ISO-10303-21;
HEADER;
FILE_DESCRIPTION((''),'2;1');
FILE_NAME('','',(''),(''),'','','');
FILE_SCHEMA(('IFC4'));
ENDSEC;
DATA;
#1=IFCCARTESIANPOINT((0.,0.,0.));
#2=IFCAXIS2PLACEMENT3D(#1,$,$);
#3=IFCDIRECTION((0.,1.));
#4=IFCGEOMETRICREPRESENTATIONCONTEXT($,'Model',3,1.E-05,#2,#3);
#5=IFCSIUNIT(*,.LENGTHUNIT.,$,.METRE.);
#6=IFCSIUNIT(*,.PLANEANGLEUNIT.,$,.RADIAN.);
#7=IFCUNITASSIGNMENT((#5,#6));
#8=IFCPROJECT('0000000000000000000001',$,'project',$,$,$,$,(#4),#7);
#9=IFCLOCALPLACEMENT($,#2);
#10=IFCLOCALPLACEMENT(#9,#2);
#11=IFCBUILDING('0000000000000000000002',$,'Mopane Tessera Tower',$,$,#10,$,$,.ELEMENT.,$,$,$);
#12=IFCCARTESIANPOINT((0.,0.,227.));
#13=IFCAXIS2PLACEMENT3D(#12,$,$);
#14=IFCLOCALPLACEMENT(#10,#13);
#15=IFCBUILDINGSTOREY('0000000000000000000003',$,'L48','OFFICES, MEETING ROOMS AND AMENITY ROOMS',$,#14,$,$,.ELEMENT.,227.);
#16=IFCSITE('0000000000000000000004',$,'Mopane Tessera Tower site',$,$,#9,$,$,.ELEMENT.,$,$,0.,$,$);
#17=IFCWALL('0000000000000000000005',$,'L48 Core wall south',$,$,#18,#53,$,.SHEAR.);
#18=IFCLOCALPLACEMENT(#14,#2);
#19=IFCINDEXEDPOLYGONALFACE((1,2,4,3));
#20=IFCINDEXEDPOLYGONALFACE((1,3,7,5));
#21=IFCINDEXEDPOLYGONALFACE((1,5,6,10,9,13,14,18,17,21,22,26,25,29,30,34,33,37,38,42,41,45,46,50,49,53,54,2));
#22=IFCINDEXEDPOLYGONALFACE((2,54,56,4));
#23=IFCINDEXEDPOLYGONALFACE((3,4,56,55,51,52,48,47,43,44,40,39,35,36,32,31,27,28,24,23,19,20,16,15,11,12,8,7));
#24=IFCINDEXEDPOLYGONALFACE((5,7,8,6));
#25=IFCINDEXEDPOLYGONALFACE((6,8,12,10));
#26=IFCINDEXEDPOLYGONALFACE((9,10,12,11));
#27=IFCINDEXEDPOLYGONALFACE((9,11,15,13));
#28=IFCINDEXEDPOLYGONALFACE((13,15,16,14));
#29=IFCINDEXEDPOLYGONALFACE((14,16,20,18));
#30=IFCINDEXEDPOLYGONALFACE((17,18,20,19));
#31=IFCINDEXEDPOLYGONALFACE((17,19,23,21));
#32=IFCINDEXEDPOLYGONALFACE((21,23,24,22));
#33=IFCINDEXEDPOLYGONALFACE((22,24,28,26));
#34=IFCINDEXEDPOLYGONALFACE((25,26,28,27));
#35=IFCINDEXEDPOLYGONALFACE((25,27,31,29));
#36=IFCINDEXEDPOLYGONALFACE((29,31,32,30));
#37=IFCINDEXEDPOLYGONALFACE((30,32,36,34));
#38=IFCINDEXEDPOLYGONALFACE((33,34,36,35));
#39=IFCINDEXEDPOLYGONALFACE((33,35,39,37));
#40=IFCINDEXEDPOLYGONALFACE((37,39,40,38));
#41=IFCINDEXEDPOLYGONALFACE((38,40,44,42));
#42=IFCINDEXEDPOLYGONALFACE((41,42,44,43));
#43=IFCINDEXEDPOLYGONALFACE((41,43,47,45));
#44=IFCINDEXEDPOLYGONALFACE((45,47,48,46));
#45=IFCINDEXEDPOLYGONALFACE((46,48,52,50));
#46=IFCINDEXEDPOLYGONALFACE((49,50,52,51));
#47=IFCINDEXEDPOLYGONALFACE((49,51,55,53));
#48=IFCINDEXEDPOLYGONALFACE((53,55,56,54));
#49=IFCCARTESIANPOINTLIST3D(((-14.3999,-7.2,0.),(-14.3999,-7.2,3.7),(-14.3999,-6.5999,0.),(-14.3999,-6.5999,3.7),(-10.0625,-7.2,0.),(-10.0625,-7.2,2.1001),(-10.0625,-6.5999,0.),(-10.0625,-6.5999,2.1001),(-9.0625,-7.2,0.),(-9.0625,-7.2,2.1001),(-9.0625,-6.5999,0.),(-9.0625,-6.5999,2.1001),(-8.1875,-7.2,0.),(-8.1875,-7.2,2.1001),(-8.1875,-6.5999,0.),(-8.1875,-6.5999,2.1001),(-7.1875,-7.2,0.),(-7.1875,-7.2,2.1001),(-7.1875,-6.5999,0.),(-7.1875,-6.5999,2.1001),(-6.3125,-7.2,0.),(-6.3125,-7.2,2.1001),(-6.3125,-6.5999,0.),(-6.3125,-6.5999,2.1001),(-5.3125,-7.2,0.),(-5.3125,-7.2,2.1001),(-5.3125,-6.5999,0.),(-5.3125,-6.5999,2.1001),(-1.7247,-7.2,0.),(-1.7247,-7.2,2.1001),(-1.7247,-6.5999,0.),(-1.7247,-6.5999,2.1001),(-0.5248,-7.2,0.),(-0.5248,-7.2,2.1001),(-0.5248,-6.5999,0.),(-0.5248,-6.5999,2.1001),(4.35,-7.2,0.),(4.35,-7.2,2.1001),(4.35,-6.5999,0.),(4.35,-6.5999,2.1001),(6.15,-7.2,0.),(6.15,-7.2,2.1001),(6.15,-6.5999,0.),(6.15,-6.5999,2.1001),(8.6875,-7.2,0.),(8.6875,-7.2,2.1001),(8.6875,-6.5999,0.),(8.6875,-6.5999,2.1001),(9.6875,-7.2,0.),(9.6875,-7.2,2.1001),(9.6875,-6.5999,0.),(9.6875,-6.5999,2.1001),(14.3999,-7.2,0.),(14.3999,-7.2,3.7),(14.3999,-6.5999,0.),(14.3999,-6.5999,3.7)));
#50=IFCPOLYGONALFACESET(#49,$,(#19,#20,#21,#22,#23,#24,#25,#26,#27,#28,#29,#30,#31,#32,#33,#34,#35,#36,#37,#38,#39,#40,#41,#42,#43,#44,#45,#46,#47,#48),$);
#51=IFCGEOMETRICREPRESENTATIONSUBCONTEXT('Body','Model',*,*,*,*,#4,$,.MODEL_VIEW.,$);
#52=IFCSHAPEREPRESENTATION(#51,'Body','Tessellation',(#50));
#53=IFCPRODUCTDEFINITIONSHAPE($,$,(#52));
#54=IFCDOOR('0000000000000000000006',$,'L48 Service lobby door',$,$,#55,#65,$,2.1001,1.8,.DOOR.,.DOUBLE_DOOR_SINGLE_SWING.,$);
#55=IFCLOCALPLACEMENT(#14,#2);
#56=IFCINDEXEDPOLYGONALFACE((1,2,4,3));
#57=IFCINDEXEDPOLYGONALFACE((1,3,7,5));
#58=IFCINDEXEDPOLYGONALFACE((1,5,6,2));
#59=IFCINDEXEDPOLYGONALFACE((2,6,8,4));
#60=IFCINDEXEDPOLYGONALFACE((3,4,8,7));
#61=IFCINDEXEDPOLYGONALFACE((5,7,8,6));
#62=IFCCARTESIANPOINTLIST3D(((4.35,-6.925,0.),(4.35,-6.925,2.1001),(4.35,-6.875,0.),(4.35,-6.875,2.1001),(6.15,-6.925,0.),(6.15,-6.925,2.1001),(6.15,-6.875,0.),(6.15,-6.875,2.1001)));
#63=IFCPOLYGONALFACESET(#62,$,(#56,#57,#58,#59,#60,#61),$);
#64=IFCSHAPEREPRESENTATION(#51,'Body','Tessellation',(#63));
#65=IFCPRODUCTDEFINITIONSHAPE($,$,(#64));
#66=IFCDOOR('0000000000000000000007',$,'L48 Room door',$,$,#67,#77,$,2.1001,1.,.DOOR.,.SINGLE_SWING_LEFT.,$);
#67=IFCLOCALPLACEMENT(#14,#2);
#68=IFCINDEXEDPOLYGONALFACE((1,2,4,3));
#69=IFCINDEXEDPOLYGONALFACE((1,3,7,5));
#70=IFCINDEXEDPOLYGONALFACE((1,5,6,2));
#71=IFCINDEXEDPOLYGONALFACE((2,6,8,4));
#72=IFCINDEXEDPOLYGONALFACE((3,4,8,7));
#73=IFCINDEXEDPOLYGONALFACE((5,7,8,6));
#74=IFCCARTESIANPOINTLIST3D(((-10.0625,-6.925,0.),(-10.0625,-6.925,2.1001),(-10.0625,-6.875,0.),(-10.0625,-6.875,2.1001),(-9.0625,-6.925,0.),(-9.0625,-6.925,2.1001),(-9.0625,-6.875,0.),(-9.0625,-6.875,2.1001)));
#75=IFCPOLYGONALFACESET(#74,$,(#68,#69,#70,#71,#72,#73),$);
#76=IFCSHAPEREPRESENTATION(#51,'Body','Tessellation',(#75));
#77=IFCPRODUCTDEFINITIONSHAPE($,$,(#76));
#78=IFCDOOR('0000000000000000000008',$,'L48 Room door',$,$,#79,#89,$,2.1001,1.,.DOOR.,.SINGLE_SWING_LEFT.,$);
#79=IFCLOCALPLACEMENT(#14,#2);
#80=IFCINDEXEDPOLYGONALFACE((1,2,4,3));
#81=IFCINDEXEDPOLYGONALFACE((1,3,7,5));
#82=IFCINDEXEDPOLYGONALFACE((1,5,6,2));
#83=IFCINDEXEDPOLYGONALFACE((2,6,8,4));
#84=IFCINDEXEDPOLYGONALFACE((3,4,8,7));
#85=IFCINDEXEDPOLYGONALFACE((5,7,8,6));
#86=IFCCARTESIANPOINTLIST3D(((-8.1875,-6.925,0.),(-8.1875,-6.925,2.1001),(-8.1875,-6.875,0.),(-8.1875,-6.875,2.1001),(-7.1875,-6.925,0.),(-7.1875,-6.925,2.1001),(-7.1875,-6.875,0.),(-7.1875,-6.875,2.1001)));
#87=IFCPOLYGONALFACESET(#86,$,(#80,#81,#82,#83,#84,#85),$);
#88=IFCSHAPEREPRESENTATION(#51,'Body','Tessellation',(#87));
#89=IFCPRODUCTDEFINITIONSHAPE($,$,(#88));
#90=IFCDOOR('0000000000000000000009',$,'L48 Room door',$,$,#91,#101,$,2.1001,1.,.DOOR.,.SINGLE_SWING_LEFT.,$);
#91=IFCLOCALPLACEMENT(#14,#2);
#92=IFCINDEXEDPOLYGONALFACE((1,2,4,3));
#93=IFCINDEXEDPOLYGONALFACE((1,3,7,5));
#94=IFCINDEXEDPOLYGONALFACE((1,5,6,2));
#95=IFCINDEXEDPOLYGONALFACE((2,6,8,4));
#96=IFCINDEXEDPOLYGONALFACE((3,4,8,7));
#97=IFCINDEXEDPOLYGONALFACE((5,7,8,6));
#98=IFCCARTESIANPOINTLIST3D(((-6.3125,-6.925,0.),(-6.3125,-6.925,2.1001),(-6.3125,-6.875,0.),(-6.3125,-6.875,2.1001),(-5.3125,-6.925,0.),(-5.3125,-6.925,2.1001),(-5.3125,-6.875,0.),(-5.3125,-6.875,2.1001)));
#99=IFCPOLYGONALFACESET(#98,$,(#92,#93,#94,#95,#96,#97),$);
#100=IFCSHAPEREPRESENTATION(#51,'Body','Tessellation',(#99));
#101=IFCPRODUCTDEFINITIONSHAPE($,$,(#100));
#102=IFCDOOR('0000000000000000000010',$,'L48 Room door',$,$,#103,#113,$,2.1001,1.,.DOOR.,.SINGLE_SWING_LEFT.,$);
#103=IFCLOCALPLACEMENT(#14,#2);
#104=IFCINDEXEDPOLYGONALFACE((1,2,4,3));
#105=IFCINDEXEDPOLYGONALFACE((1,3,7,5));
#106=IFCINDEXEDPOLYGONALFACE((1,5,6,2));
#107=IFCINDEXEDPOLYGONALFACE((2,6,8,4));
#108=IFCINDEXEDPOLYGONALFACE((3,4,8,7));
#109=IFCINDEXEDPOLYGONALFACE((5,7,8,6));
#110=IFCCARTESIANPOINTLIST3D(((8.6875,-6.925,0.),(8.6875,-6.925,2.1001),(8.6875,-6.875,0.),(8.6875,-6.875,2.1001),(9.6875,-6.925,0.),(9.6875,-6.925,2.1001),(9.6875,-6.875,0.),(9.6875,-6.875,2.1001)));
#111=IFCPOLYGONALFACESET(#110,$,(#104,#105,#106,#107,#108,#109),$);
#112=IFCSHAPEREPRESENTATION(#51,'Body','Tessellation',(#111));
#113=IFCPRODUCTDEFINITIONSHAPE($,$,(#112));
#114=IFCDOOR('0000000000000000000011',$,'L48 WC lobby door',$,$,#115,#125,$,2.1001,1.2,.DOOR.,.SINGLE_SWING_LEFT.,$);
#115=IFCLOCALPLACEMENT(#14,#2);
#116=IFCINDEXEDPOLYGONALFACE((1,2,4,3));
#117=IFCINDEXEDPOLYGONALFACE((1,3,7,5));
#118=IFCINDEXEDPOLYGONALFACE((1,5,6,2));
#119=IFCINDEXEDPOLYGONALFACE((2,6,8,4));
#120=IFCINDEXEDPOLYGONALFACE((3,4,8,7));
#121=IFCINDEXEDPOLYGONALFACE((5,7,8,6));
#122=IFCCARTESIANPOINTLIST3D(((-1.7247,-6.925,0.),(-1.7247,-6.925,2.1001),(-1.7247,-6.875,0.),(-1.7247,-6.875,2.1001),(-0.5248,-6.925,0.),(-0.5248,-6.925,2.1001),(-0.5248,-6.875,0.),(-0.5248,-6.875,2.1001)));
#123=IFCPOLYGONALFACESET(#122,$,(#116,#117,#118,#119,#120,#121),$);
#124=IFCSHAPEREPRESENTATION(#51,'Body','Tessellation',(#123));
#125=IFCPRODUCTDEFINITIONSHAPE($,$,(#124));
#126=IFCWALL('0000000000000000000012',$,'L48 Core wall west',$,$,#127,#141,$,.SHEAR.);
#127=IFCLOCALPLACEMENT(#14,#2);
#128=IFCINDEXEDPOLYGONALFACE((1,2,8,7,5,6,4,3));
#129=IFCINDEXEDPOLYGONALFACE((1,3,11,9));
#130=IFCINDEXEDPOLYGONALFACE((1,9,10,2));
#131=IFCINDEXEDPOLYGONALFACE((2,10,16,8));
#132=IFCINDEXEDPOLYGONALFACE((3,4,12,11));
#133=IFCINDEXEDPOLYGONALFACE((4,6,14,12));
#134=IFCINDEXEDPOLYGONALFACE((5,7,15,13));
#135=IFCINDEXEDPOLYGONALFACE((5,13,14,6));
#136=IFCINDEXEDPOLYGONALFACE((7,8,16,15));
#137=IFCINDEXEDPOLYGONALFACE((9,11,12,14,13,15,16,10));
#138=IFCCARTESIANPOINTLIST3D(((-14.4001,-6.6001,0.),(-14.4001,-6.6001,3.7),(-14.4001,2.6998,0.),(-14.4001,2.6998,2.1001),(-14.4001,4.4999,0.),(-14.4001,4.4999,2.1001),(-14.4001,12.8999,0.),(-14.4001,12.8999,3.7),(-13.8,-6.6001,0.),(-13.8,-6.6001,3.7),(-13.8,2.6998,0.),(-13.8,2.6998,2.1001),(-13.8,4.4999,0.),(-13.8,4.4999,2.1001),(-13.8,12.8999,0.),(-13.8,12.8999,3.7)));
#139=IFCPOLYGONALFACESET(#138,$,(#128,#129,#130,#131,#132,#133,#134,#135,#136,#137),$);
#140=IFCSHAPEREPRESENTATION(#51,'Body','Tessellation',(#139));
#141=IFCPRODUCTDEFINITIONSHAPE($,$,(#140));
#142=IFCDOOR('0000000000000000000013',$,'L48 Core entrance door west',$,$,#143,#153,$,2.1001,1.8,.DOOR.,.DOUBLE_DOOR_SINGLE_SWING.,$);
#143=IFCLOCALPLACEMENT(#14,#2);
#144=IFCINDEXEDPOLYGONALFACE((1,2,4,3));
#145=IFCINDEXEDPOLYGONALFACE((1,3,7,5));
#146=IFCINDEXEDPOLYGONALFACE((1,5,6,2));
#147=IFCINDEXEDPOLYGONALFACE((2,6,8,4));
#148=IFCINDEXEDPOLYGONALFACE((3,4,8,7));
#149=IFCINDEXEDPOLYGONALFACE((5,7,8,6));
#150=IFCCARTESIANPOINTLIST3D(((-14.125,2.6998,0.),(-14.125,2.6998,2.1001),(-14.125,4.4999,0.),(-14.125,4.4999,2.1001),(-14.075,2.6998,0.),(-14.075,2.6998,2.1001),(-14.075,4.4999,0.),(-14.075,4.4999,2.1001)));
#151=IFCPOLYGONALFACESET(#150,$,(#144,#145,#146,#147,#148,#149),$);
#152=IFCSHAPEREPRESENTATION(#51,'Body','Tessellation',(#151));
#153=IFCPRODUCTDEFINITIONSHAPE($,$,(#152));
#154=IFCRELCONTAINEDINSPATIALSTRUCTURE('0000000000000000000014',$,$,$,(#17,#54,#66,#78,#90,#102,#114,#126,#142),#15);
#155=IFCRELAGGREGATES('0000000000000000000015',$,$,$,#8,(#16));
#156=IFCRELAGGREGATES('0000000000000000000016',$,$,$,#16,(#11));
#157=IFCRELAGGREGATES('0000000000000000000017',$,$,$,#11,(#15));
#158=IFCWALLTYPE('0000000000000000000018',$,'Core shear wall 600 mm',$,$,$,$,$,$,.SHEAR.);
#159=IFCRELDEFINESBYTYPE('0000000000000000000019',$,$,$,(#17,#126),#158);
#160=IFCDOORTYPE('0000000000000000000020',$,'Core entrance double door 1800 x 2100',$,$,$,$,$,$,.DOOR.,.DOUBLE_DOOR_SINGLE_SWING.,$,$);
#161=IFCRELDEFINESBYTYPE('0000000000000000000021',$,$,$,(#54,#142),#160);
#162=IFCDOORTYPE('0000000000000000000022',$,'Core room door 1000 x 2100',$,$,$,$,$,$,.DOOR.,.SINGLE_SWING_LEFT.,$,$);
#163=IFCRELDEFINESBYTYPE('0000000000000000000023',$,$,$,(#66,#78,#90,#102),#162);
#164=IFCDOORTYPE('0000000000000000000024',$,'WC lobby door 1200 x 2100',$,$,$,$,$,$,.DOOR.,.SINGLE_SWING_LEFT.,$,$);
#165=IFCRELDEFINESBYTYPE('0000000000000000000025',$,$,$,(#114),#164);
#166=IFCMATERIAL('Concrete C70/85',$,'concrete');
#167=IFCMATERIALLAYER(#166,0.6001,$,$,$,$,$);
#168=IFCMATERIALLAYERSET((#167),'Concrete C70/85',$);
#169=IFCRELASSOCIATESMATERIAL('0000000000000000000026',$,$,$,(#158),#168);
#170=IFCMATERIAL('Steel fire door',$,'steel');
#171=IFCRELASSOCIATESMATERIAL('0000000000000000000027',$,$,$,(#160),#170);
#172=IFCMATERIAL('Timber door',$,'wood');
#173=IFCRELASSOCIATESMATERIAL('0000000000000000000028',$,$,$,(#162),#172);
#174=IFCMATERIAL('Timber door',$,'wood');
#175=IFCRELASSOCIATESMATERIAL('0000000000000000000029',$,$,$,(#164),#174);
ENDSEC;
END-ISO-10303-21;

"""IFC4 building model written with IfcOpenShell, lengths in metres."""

from ifc_helpers import new_model, si_unit, direction, frame, frame_2d, origin, place, context, subcontext, project, spatial, rectangle, extrude, material, layer, layer_set, type_object, element, fill, save


model = new_model("IFC4")

# Units and contexts
model_context = context("Model", 3, precision=1e-05, world=origin(), true_north=direction((0.0, 1.0)))
body_context = subcontext(model_context, "Body", "Model", "MODEL_VIEW")
ifc_project = project(units=[si_unit("LENGTHUNIT", "METRE"), si_unit("PLANEANGLEUNIT", "RADIAN")], contexts=[model_context])

# Site, building, storey
site_placement = place(None, origin())
site = spatial("IfcSite", under=ifc_project, at=site_placement, Name="Mopane Tessera Tower site", CompositionType="ELEMENT", RefElevation=0.0)
building_placement = place(site_placement, origin())
building = spatial("IfcBuilding", under=site, at=building_placement, Name="Mopane Tessera Tower", CompositionType="ELEMENT")
storey_placement = place(building_placement, frame((0.0, 0.0, 227.0)))
storey = spatial("IfcBuildingStorey", under=building, at=storey_placement, Name="L48", Description="OFFICES, MEETING ROOMS AND AMENITY ROOMS", CompositionType="ELEMENT", Elevation=227.0)

# Wall, openings, doors
ifc_material_1 = material(Name="Concrete C70/85", Category="concrete")
ifc_layer_1 = layer(ifc_material_1, 0.6001)
ifc_layer_set_1 = layer_set([ifc_layer_1], Name="Concrete C70/85")
wall_type_1 = type_object("IfcWallType", Name="Core shear wall 600 mm", PredefinedType="SHEAR", material=ifc_layer_set_1)
wall_1_placement = place(storey_placement, frame((-14.3999, -6.8999, 0.0), z_axis=(0.0, 0.0, 1.0), x_axis=(1.0, 0.0, 0.0)))
wall_1 = element("IfcWall", 1, at=wall_1_placement, inside=storey, type_object=wall_type_1, Name="L48 Core wall south", PredefinedType="SHEAR", context=body_context, shape_type="SweptSolid", body=[
    extrude(rectangle(XDim=28.7998, YDim=0.6001, at=frame_2d((14.3999, 0.0))), origin(), (0.0, 0.0, 1.0), 3.7),
])
opening_1_placement = place(wall_1_placement, frame((4.3374, 0.0, 0.0)))
opening_1 = element("IfcOpeningElement", 2, at=opening_1_placement, cuts=wall_1, PredefinedType="OPENING", context=body_context, shape_type="SweptSolid", body=[
    extrude(rectangle(XDim=1.0, YDim=2.1001, at=frame_2d((0.5, 1.05))), frame((0.0, 0.312, 0.0), z_axis=(0.0, -1.0, 0.0), x_axis=(1.0, 0.0, 0.0)), (0.0, 0.0, 1.0), 0.624),
])
opening_2_placement = place(wall_1_placement, frame((6.2124, 0.0, 0.0)))
opening_2 = element("IfcOpeningElement", 3, at=opening_2_placement, cuts=wall_1, PredefinedType="OPENING", context=body_context, shape_type="SweptSolid", body=[
    extrude(rectangle(XDim=1.0, YDim=2.1001, at=frame_2d((0.5, 1.05))), frame((0.0, 0.312, 0.0), z_axis=(0.0, -1.0, 0.0), x_axis=(1.0, 0.0, 0.0)), (0.0, 0.0, 1.0), 0.624),
])
opening_3_placement = place(wall_1_placement, frame((8.0874, 0.0, 0.0)))
opening_3 = element("IfcOpeningElement", 4, at=opening_3_placement, cuts=wall_1, PredefinedType="OPENING", context=body_context, shape_type="SweptSolid", body=[
    extrude(rectangle(XDim=1.0, YDim=2.1001, at=frame_2d((0.5, 1.05))), frame((0.0, 0.312, 0.0), z_axis=(0.0, -1.0, 0.0), x_axis=(1.0, 0.0, 0.0)), (0.0, 0.0, 1.0), 0.624),
])
opening_4_placement = place(wall_1_placement, frame((12.675, 0.0, 0.0)))
opening_4 = element("IfcOpeningElement", 5, at=opening_4_placement, cuts=wall_1, PredefinedType="OPENING", context=body_context, shape_type="SweptSolid", body=[
    extrude(rectangle(XDim=1.2, YDim=2.1001, at=frame_2d((0.6001, 1.05))), frame((0.0, 0.312, 0.0), z_axis=(0.0, -1.0, 0.0), x_axis=(1.0, 0.0, 0.0)), (0.0, 0.0, 1.0), 0.624),
])
opening_5_placement = place(wall_1_placement, frame((18.75, 0.0, 0.0)))
opening_5 = element("IfcOpeningElement", 6, at=opening_5_placement, cuts=wall_1, PredefinedType="OPENING", context=body_context, shape_type="SweptSolid", body=[
    extrude(rectangle(XDim=1.8, YDim=2.1001, at=frame_2d((0.8999, 1.05))), frame((0.0, 0.312, 0.0), z_axis=(0.0, -1.0, 0.0), x_axis=(1.0, 0.0, 0.0)), (0.0, 0.0, 1.0), 0.624),
])
opening_6_placement = place(wall_1_placement, frame((23.0874, 0.0, 0.0)))
opening_6 = element("IfcOpeningElement", 7, at=opening_6_placement, cuts=wall_1, PredefinedType="OPENING", context=body_context, shape_type="SweptSolid", body=[
    extrude(rectangle(XDim=1.0, YDim=2.1001, at=frame_2d((0.5, 1.05))), frame((0.0, 0.312, 0.0), z_axis=(0.0, -1.0, 0.0), x_axis=(1.0, 0.0, 0.0)), (0.0, 0.0, 1.0), 0.624),
])
ifc_material_2 = material(Name="Steel fire door", Category="steel")
door_type_1 = type_object("IfcDoorType", Name="Core entrance double door 1800 x 2100", OperationType="DOUBLE_DOOR_SINGLE_SWING", PredefinedType="DOOR", material=ifc_material_2)
door_1_placement = place(opening_5_placement, origin())
door_1 = element("IfcDoor", 8, at=door_1_placement, inside=storey, type_object=door_type_1, Name="L48 Service lobby door", OperationType="DOUBLE_DOOR_SINGLE_SWING", OverallHeight=2.1001, OverallWidth=1.8, PredefinedType="DOOR", context=body_context, shape_type="SweptSolid", body=[
    extrude(rectangle(XDim=1.8, YDim=2.1001, at=frame_2d((0.8999, 1.05))), frame((0.0, 0.0249, 0.0), z_axis=(0.0, -1.0, 0.0), x_axis=(1.0, 0.0, 0.0)), (0.0, 0.0, 1.0), 0.05),
])
fill(opening_5, door_1)
ifc_material_3 = material(Name="Timber door", Category="wood")
door_type_2 = type_object("IfcDoorType", Name="Core room door 1000 x 2100", OperationType="SINGLE_SWING_LEFT", PredefinedType="DOOR", material=ifc_material_3)
door_2_placement = place(opening_1_placement, origin())
door_2 = element("IfcDoor", 9, at=door_2_placement, inside=storey, type_object=door_type_2, Name="L48 Room door", OperationType="SINGLE_SWING_LEFT", OverallHeight=2.1001, OverallWidth=1.0, PredefinedType="DOOR", context=body_context, shape_type="SweptSolid", body=[
    extrude(rectangle(XDim=1.0, YDim=2.1001, at=frame_2d((0.5, 1.05))), frame((0.0, 0.0249, 0.0), z_axis=(0.0, -1.0, 0.0), x_axis=(1.0, 0.0, 0.0)), (0.0, 0.0, 1.0), 0.05),
])
fill(opening_1, door_2)
door_3_placement = place(opening_2_placement, origin())
door_3 = element("IfcDoor", 10, at=door_3_placement, inside=storey, type_object=door_type_2, Name="L48 Room door", OperationType="SINGLE_SWING_LEFT", OverallHeight=2.1001, OverallWidth=1.0, PredefinedType="DOOR", context=body_context, shape_type="SweptSolid", body=[
    extrude(rectangle(XDim=1.0, YDim=2.1001, at=frame_2d((0.5, 1.05))), frame((0.0, 0.0249, 0.0), z_axis=(0.0, -1.0, 0.0), x_axis=(1.0, 0.0, 0.0)), (0.0, 0.0, 1.0), 0.05),
])
fill(opening_2, door_3)
door_4_placement = place(opening_3_placement, origin())
door_4 = element("IfcDoor", 11, at=door_4_placement, inside=storey, type_object=door_type_2, Name="L48 Room door", OperationType="SINGLE_SWING_LEFT", OverallHeight=2.1001, OverallWidth=1.0, PredefinedType="DOOR", context=body_context, shape_type="SweptSolid", body=[
    extrude(rectangle(XDim=1.0, YDim=2.1001, at=frame_2d((0.5, 1.05))), frame((0.0, 0.0249, 0.0), z_axis=(0.0, -1.0, 0.0), x_axis=(1.0, 0.0, 0.0)), (0.0, 0.0, 1.0), 0.05),
])
fill(opening_3, door_4)
door_5_placement = place(opening_6_placement, origin())
door_5 = element("IfcDoor", 12, at=door_5_placement, inside=storey, type_object=door_type_2, Name="L48 Room door", OperationType="SINGLE_SWING_LEFT", OverallHeight=2.1001, OverallWidth=1.0, PredefinedType="DOOR", context=body_context, shape_type="SweptSolid", body=[
    extrude(rectangle(XDim=1.0, YDim=2.1001, at=frame_2d((0.5, 1.05))), frame((0.0, 0.0249, 0.0), z_axis=(0.0, -1.0, 0.0), x_axis=(1.0, 0.0, 0.0)), (0.0, 0.0, 1.0), 0.05),
])
fill(opening_6, door_5)
ifc_material_4 = material(Name="Timber door", Category="wood")
door_type_3 = type_object("IfcDoorType", Name="WC lobby door 1200 x 2100", OperationType="SINGLE_SWING_LEFT", PredefinedType="DOOR", material=ifc_material_4)
door_6_placement = place(opening_4_placement, origin())
door_6 = element("IfcDoor", 13, at=door_6_placement, inside=storey, type_object=door_type_3, Name="L48 WC lobby door", OperationType="SINGLE_SWING_LEFT", OverallHeight=2.1001, OverallWidth=1.2, PredefinedType="DOOR", context=body_context, shape_type="SweptSolid", body=[
    extrude(rectangle(XDim=1.2, YDim=2.1001, at=frame_2d((0.6001, 1.05))), frame((0.0, 0.0249, 0.0), z_axis=(0.0, -1.0, 0.0), x_axis=(1.0, 0.0, 0.0)), (0.0, 0.0, 1.0), 0.05),
])
fill(opening_4, door_6)

# Wall, opening, door
wall_2_placement = place(storey_placement, frame((-14.1001, -6.6001, 0.0), z_axis=(0.0, 0.0, 1.0), x_axis=(0.0, 1.0, 0.0)))
wall_2 = element("IfcWall", 14, at=wall_2_placement, inside=storey, type_object=wall_type_1, Name="L48 Core wall west", PredefinedType="SHEAR", context=body_context, shape_type="SweptSolid", body=[
    extrude(rectangle(XDim=19.5, YDim=0.6001, at=frame_2d((9.75, 0.0))), origin(), (0.0, 0.0, 1.0), 3.7),
])
opening_7_placement = place(wall_2_placement, frame((9.3, 0.0, 0.0)))
opening_7 = element("IfcOpeningElement", 15, at=opening_7_placement, cuts=wall_2, PredefinedType="OPENING", context=body_context, shape_type="SweptSolid", body=[
    extrude(rectangle(XDim=1.8, YDim=2.1001, at=frame_2d((0.8999, 1.05))), frame((0.0, 0.312, 0.0), z_axis=(0.0, -1.0, 0.0), x_axis=(1.0, 0.0, 0.0)), (0.0, 0.0, 1.0), 0.624),
])
door_7_placement = place(opening_7_placement, origin())
door_7 = element("IfcDoor", 16, at=door_7_placement, inside=storey, type_object=door_type_1, Name="L48 Core entrance door west", OperationType="DOUBLE_DOOR_SINGLE_SWING", OverallHeight=2.1001, OverallWidth=1.8, PredefinedType="DOOR", context=body_context, shape_type="SweptSolid", body=[
    extrude(rectangle(XDim=1.8, YDim=2.1001, at=frame_2d((0.8999, 1.05))), frame((0.0, 0.0249, 0.0), z_axis=(0.0, -1.0, 0.0), x_axis=(1.0, 0.0, 0.0)), (0.0, 0.0, 1.0), 0.05),
])
fill(opening_7, door_7)

save(model, "model.ifc")
